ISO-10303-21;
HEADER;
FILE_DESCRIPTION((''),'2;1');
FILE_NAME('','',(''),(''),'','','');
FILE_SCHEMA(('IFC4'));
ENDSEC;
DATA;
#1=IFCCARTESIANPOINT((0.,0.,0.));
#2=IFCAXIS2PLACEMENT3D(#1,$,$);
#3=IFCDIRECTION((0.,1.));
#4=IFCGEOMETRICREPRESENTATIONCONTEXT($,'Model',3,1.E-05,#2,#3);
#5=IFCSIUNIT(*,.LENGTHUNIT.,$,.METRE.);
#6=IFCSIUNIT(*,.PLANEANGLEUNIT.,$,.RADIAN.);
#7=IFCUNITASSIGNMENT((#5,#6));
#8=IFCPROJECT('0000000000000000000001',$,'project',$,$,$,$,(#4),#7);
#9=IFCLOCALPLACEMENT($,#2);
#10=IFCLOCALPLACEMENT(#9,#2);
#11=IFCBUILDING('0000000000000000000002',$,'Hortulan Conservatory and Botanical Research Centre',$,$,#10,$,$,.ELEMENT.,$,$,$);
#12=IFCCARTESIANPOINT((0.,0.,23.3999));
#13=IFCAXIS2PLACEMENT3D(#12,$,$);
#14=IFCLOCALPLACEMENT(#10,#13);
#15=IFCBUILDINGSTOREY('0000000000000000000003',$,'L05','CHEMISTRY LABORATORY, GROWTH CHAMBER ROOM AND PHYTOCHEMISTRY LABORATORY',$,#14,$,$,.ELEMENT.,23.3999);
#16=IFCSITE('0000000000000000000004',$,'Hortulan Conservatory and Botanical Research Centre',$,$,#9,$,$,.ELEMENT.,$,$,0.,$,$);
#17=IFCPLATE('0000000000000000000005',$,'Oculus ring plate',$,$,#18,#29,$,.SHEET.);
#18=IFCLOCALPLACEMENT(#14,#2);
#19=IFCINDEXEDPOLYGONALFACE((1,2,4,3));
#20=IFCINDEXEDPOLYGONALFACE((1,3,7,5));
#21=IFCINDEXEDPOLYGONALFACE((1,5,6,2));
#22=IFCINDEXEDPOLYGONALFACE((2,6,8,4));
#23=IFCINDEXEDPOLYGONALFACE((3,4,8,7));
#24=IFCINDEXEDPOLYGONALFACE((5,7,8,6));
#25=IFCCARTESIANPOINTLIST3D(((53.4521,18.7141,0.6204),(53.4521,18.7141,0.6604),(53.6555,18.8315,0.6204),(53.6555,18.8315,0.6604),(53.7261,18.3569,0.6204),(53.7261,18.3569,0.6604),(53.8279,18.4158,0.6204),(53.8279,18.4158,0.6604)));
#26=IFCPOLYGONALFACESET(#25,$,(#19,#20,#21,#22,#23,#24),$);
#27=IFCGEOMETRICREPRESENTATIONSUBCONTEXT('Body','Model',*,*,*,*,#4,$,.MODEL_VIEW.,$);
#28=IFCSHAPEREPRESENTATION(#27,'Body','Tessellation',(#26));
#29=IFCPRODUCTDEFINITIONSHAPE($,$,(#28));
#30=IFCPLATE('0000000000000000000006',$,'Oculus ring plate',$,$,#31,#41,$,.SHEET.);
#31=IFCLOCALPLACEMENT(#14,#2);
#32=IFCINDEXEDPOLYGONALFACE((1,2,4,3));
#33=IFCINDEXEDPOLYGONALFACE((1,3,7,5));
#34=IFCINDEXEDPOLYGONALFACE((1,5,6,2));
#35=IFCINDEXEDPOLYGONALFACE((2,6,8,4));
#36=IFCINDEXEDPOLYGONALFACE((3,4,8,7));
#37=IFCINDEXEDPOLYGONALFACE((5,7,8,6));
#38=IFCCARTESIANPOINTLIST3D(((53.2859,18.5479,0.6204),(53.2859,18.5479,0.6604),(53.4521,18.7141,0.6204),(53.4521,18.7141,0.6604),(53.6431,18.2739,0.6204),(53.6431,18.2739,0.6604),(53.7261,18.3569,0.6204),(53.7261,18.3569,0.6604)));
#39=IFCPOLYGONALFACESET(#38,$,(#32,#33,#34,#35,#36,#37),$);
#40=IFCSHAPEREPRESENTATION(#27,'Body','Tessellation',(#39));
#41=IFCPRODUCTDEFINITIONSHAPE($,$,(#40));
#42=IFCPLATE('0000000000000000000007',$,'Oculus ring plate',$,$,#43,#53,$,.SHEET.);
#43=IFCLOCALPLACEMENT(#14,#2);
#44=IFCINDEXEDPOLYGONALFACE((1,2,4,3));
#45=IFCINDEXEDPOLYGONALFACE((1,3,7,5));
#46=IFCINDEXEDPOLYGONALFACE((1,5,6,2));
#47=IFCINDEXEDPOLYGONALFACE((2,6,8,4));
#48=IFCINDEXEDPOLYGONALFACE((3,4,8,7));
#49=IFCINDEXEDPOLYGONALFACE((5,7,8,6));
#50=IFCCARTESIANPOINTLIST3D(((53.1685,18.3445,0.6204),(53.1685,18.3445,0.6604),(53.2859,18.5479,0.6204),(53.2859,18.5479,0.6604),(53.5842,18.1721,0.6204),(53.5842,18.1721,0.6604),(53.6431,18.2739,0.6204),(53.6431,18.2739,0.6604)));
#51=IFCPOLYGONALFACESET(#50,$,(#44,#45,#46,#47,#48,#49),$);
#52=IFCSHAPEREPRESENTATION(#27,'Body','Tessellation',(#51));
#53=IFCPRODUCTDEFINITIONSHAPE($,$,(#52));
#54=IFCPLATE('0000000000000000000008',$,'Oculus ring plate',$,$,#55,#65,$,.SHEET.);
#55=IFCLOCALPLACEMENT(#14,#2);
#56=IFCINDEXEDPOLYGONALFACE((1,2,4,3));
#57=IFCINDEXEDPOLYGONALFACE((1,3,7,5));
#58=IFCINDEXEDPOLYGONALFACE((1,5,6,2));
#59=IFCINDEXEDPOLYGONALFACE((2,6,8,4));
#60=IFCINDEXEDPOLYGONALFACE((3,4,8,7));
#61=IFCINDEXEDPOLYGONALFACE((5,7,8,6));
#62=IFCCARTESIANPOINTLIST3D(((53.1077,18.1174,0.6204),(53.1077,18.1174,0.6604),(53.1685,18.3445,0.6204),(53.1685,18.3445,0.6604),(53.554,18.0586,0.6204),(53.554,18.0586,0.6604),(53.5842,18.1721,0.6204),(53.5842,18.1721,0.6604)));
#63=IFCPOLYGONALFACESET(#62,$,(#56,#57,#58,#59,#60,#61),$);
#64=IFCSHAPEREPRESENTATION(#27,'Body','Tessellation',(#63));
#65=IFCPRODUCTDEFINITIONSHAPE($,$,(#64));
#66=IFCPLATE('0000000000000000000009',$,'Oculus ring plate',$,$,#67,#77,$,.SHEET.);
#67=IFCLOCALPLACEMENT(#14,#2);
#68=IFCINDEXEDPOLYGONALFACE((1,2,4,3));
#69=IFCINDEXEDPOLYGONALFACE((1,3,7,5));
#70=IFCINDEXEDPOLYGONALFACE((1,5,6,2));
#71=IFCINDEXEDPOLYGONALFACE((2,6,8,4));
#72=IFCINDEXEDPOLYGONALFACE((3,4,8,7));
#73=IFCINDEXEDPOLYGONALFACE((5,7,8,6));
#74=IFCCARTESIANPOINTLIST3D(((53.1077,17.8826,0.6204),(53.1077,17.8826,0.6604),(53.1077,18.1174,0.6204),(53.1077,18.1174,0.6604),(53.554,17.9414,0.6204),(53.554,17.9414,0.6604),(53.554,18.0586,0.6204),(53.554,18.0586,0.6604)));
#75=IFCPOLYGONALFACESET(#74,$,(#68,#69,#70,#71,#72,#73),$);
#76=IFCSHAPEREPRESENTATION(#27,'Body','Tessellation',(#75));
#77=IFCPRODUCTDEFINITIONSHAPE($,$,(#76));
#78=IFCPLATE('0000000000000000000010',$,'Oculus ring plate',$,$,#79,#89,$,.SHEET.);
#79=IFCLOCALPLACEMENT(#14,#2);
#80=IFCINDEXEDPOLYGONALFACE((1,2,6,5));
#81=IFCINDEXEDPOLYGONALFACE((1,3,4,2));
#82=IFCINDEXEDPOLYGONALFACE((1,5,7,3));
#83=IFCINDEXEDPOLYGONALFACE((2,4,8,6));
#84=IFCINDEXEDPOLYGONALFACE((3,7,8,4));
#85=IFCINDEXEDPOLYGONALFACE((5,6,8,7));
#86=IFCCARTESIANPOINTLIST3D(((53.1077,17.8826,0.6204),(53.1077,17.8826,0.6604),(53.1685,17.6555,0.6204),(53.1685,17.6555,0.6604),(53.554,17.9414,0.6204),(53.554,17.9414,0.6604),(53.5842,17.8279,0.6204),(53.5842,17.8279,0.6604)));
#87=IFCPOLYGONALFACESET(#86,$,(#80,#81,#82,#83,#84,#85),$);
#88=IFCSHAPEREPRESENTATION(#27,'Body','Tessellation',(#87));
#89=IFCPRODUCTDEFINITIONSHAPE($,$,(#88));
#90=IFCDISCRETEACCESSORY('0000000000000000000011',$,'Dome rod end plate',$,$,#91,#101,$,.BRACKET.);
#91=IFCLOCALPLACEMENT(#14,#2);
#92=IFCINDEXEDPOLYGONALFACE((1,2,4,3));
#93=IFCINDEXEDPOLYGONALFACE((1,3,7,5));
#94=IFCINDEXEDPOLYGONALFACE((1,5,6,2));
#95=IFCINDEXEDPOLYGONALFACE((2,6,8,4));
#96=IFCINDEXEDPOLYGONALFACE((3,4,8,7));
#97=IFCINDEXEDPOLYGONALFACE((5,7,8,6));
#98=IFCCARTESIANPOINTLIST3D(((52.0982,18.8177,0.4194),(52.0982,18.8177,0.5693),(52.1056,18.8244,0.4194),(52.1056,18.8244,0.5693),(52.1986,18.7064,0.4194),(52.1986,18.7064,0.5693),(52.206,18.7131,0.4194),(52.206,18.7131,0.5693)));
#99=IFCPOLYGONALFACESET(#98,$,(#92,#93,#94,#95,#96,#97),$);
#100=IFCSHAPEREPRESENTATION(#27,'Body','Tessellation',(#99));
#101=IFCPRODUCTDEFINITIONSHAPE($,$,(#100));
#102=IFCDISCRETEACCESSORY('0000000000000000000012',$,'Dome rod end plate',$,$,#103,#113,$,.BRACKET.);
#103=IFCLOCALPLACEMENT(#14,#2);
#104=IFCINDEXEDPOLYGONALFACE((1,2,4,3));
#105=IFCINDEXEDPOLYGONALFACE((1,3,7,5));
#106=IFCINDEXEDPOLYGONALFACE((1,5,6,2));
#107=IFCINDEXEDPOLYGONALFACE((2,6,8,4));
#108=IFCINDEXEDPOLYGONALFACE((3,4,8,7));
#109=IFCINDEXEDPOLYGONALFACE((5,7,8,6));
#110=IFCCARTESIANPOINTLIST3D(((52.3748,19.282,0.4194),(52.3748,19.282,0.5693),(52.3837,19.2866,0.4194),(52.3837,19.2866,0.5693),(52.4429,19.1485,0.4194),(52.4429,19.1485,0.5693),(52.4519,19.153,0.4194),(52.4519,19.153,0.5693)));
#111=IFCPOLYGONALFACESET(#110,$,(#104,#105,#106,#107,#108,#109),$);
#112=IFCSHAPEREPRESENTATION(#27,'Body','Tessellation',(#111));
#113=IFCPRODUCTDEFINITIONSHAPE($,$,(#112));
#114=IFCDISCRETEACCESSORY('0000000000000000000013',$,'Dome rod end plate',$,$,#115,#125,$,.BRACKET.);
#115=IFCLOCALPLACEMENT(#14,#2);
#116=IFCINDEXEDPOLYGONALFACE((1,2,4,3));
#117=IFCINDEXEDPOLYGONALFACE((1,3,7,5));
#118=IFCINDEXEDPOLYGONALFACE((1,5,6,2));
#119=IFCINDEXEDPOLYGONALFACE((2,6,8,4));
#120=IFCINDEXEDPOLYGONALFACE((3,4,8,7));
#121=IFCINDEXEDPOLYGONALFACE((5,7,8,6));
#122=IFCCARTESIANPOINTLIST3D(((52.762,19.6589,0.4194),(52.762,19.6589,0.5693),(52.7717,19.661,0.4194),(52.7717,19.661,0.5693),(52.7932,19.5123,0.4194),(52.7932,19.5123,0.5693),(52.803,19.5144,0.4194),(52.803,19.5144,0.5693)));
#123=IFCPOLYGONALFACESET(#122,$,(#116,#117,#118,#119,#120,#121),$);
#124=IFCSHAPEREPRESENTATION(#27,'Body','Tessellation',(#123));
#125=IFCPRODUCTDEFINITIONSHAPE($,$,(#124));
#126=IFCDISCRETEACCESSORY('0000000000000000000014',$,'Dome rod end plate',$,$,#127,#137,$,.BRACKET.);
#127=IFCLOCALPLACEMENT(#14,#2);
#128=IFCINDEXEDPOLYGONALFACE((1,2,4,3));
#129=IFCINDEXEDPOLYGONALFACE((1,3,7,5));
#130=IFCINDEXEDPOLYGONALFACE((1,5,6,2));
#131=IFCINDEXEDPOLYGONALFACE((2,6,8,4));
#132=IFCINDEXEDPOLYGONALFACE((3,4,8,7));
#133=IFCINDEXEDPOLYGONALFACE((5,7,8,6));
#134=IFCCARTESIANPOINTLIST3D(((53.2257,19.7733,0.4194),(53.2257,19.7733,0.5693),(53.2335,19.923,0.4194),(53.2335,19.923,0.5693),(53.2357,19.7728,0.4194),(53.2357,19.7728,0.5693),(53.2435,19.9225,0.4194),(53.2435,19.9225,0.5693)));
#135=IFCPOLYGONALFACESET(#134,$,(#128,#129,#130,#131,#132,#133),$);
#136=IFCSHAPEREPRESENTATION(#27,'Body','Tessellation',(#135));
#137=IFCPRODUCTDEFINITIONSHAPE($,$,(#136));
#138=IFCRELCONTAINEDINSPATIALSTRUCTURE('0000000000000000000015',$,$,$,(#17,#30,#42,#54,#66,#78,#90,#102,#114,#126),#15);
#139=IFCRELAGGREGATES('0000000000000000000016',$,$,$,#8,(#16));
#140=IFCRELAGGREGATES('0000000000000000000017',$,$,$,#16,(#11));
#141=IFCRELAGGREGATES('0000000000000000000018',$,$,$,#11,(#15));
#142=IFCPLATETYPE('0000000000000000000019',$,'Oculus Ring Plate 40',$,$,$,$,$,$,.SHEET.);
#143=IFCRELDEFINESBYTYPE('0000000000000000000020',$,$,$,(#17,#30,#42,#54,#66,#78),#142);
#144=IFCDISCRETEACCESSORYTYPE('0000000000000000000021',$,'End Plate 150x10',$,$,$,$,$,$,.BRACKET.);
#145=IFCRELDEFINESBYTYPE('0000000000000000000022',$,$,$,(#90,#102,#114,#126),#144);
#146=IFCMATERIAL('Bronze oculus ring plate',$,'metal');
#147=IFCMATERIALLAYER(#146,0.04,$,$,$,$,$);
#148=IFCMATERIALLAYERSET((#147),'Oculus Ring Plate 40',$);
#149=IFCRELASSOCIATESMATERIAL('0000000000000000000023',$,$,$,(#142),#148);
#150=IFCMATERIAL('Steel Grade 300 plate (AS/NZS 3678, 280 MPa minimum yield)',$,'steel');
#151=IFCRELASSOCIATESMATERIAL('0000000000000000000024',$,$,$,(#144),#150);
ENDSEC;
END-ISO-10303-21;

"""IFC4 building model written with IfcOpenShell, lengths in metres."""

from ifc_helpers import new_model, si_unit, direction, frame, origin, origin_2d, place, context, subcontext, project, spatial, polyline, rectangle, outline, extrude, material, layer, layer_set, type_object, element, save


model = new_model("IFC4")

# Units and contexts
model_context = context("Model", 3, precision=1e-05, world=origin(), true_north=direction((0.0, 1.0)))
body_context = subcontext(model_context, "Body", "Model", "MODEL_VIEW")
ifc_project = project(units=[si_unit("LENGTHUNIT", "METRE"), si_unit("PLANEANGLEUNIT", "RADIAN")], contexts=[model_context])

# Site, building, storey
site_placement = place(None, origin())
site = spatial("IfcSite", under=ifc_project, at=site_placement, Name="Hortulan Conservatory and Botanical Research Centre", CompositionType="ELEMENT", RefElevation=0.0)
building_placement = place(site_placement, origin())
building = spatial("IfcBuilding", under=site, at=building_placement, Name="Hortulan Conservatory and Botanical Research Centre", CompositionType="ELEMENT")
storey_placement = place(building_placement, frame((0.0, 0.0, 23.3999)))
storey = spatial("IfcBuildingStorey", under=building, at=storey_placement, Name="L05", Description="CHEMISTRY LABORATORY, GROWTH CHAMBER ROOM AND PHYTOCHEMISTRY LABORATORY", CompositionType="ELEMENT", Elevation=23.3999)

# Plates
ifc_material_1 = material(Name="Bronze oculus ring plate", Category="metal")
ifc_layer_1 = layer(ifc_material_1, 0.04)
ifc_layer_set_1 = layer_set([ifc_layer_1], Name="Oculus Ring Plate 40")
plate_type_1 = type_object("IfcPlateType", Name="Oculus Ring Plate 40", PredefinedType="SHEET", material=ifc_layer_set_1)
plate_1_placement = place(storey_placement, frame((53.6555, 18.8315, 0.6604), z_axis=(0.0, 0.0, 1.0), x_axis=(-0.865995, -0.500052, 0.0)))
element("IfcPlate", 1, at=plate_1_placement, inside=storey, type_object=plate_type_1, Name="Oculus ring plate", PredefinedType="SHEET", context=body_context, shape_type="SweptSolid", body=[
    extrude(outline(polyline([(0.0, 0.0), (0.2348, 0.0), (0.1762, 0.4463), (0.0586, 0.4462), (0.0, 0.0)])), origin(), (0.0, 0.0, -1.0), 0.04),
])
plate_2_placement = place(storey_placement, frame((53.4521, 18.7141, 0.6604), z_axis=(0.0, 0.0, 1.0), x_axis=(-0.707107, -0.707107, 0.0)))
element("IfcPlate", 2, at=plate_2_placement, inside=storey, type_object=plate_type_1, Name="Oculus ring plate", PredefinedType="SHEET", context=body_context, shape_type="SweptSolid", body=[
    extrude(outline(polyline([(0.0, 0.0), (0.2351, 0.0), (0.1763, 0.4463), (0.0589, 0.4463), (0.0, 0.0)])), origin(), (0.0, 0.0, -1.0), 0.04),
])
plate_3_placement = place(storey_placement, frame((53.2859, 18.5479, 0.6604), z_axis=(0.0, 0.0, 1.0), x_axis=(-0.500052, -0.865995, 0.0)))
element("IfcPlate", 3, at=plate_3_placement, inside=storey, type_object=plate_type_1, Name="Oculus ring plate", PredefinedType="SHEET", context=body_context, shape_type="SweptSolid", body=[
    extrude(outline(polyline([(0.0, 0.0), (0.2348, 0.0), (0.1762, 0.4462), (0.0586, 0.4463), (0.0, 0.0)])), origin(), (0.0, 0.0, -1.0), 0.04),
])
plate_4_placement = place(storey_placement, frame((53.1685, 18.3445, 0.6604), z_axis=(0.0, 0.0, 1.0), x_axis=(-0.258632, -0.965976, 0.0)))
element("IfcPlate", 4, at=plate_4_placement, inside=storey, type_object=plate_type_1, Name="Oculus ring plate", PredefinedType="SHEET", context=body_context, shape_type="SweptSolid", body=[
    extrude(outline(polyline([(0.0, 0.0), (0.235, 0.0), (0.1765, 0.4463), (0.059, 0.4462), (0.0, 0.0)])), origin(), (0.0, 0.0, -1.0), 0.04),
])
plate_5_placement = place(storey_placement, frame((53.1077, 18.1174, 0.6604), z_axis=(0.0, 0.0, 1.0), x_axis=(0.0, -1.0, 0.0)))
element("IfcPlate", 5, at=plate_5_placement, inside=storey, type_object=plate_type_1, Name="Oculus ring plate", PredefinedType="SHEET", context=body_context, shape_type="SweptSolid", body=[
    extrude(outline(polyline([(0.0, 0.0), (0.2349, 0.0), (0.176, 0.4463), (0.0588, 0.4463), (0.0, 0.0)])), origin(), (0.0, 0.0, -1.0), 0.04),
])
plate_6_placement = place(storey_placement, frame((53.1077, 17.8826, 0.6604), z_axis=(0.0, 0.0, 1.0), x_axis=(0.258632, -0.965976, 0.0)))
element("IfcPlate", 6, at=plate_6_placement, inside=storey, type_object=plate_type_1, Name="Oculus ring plate", PredefinedType="SHEET", context=body_context, shape_type="SweptSolid", body=[
    extrude(outline(polyline([(0.0, 0.0), (0.235, 0.0), (0.1761, 0.4462), (0.0586, 0.4463), (0.0, 0.0)])), origin(), (0.0, 0.0, -1.0), 0.04),
])

# Discrete accessories
ifc_material_2 = material(Name="Steel Grade 300 plate (AS/NZS 3678, 280 MPa minimum yield)", Category="steel")
discrete_accessory_type = type_object("IfcDiscreteAccessoryType", Name="End Plate 150x10", PredefinedType="BRACKET", material=ifc_material_2)
for number, where, z_axis, x_axis, name in (
    (7, (52.1521, 18.7654, 0.4194), (0.0, 0.0, 1.0), (0.669507, -0.742806, 0.0), "Dome rod end plate"),
    (8, (52.4133, 19.2175, 0.4194), (0.0, 0.0, 1.0), (0.454473, -0.890761, 0.0), "Dome rod end plate"),
    (9, (52.7825, 19.5867, 0.4194), (0.0, 0.0, 1.0), (0.208424, -0.978039, 0.0), "Dome rod end plate"),
    (10, (53.2346, 19.8479, 0.4194), (0.0, 0.0, 1.0), (0.051813, 0.998657, 0.0), "Dome rod end plate"),
):
    element("IfcDiscreteAccessory", number, at=place(storey_placement, frame(where, z_axis=z_axis, x_axis=x_axis)), inside=storey, type_object=discrete_accessory_type, Name=name, PredefinedType="BRACKET", context=body_context, shape_type="SweptSolid", body=[
        extrude(rectangle(XDim=0.1499, YDim=0.01, at=origin_2d()), origin(), (0.0, 0.0, 1.0), 0.1499),
    ])

save(model, "model.ifc")
